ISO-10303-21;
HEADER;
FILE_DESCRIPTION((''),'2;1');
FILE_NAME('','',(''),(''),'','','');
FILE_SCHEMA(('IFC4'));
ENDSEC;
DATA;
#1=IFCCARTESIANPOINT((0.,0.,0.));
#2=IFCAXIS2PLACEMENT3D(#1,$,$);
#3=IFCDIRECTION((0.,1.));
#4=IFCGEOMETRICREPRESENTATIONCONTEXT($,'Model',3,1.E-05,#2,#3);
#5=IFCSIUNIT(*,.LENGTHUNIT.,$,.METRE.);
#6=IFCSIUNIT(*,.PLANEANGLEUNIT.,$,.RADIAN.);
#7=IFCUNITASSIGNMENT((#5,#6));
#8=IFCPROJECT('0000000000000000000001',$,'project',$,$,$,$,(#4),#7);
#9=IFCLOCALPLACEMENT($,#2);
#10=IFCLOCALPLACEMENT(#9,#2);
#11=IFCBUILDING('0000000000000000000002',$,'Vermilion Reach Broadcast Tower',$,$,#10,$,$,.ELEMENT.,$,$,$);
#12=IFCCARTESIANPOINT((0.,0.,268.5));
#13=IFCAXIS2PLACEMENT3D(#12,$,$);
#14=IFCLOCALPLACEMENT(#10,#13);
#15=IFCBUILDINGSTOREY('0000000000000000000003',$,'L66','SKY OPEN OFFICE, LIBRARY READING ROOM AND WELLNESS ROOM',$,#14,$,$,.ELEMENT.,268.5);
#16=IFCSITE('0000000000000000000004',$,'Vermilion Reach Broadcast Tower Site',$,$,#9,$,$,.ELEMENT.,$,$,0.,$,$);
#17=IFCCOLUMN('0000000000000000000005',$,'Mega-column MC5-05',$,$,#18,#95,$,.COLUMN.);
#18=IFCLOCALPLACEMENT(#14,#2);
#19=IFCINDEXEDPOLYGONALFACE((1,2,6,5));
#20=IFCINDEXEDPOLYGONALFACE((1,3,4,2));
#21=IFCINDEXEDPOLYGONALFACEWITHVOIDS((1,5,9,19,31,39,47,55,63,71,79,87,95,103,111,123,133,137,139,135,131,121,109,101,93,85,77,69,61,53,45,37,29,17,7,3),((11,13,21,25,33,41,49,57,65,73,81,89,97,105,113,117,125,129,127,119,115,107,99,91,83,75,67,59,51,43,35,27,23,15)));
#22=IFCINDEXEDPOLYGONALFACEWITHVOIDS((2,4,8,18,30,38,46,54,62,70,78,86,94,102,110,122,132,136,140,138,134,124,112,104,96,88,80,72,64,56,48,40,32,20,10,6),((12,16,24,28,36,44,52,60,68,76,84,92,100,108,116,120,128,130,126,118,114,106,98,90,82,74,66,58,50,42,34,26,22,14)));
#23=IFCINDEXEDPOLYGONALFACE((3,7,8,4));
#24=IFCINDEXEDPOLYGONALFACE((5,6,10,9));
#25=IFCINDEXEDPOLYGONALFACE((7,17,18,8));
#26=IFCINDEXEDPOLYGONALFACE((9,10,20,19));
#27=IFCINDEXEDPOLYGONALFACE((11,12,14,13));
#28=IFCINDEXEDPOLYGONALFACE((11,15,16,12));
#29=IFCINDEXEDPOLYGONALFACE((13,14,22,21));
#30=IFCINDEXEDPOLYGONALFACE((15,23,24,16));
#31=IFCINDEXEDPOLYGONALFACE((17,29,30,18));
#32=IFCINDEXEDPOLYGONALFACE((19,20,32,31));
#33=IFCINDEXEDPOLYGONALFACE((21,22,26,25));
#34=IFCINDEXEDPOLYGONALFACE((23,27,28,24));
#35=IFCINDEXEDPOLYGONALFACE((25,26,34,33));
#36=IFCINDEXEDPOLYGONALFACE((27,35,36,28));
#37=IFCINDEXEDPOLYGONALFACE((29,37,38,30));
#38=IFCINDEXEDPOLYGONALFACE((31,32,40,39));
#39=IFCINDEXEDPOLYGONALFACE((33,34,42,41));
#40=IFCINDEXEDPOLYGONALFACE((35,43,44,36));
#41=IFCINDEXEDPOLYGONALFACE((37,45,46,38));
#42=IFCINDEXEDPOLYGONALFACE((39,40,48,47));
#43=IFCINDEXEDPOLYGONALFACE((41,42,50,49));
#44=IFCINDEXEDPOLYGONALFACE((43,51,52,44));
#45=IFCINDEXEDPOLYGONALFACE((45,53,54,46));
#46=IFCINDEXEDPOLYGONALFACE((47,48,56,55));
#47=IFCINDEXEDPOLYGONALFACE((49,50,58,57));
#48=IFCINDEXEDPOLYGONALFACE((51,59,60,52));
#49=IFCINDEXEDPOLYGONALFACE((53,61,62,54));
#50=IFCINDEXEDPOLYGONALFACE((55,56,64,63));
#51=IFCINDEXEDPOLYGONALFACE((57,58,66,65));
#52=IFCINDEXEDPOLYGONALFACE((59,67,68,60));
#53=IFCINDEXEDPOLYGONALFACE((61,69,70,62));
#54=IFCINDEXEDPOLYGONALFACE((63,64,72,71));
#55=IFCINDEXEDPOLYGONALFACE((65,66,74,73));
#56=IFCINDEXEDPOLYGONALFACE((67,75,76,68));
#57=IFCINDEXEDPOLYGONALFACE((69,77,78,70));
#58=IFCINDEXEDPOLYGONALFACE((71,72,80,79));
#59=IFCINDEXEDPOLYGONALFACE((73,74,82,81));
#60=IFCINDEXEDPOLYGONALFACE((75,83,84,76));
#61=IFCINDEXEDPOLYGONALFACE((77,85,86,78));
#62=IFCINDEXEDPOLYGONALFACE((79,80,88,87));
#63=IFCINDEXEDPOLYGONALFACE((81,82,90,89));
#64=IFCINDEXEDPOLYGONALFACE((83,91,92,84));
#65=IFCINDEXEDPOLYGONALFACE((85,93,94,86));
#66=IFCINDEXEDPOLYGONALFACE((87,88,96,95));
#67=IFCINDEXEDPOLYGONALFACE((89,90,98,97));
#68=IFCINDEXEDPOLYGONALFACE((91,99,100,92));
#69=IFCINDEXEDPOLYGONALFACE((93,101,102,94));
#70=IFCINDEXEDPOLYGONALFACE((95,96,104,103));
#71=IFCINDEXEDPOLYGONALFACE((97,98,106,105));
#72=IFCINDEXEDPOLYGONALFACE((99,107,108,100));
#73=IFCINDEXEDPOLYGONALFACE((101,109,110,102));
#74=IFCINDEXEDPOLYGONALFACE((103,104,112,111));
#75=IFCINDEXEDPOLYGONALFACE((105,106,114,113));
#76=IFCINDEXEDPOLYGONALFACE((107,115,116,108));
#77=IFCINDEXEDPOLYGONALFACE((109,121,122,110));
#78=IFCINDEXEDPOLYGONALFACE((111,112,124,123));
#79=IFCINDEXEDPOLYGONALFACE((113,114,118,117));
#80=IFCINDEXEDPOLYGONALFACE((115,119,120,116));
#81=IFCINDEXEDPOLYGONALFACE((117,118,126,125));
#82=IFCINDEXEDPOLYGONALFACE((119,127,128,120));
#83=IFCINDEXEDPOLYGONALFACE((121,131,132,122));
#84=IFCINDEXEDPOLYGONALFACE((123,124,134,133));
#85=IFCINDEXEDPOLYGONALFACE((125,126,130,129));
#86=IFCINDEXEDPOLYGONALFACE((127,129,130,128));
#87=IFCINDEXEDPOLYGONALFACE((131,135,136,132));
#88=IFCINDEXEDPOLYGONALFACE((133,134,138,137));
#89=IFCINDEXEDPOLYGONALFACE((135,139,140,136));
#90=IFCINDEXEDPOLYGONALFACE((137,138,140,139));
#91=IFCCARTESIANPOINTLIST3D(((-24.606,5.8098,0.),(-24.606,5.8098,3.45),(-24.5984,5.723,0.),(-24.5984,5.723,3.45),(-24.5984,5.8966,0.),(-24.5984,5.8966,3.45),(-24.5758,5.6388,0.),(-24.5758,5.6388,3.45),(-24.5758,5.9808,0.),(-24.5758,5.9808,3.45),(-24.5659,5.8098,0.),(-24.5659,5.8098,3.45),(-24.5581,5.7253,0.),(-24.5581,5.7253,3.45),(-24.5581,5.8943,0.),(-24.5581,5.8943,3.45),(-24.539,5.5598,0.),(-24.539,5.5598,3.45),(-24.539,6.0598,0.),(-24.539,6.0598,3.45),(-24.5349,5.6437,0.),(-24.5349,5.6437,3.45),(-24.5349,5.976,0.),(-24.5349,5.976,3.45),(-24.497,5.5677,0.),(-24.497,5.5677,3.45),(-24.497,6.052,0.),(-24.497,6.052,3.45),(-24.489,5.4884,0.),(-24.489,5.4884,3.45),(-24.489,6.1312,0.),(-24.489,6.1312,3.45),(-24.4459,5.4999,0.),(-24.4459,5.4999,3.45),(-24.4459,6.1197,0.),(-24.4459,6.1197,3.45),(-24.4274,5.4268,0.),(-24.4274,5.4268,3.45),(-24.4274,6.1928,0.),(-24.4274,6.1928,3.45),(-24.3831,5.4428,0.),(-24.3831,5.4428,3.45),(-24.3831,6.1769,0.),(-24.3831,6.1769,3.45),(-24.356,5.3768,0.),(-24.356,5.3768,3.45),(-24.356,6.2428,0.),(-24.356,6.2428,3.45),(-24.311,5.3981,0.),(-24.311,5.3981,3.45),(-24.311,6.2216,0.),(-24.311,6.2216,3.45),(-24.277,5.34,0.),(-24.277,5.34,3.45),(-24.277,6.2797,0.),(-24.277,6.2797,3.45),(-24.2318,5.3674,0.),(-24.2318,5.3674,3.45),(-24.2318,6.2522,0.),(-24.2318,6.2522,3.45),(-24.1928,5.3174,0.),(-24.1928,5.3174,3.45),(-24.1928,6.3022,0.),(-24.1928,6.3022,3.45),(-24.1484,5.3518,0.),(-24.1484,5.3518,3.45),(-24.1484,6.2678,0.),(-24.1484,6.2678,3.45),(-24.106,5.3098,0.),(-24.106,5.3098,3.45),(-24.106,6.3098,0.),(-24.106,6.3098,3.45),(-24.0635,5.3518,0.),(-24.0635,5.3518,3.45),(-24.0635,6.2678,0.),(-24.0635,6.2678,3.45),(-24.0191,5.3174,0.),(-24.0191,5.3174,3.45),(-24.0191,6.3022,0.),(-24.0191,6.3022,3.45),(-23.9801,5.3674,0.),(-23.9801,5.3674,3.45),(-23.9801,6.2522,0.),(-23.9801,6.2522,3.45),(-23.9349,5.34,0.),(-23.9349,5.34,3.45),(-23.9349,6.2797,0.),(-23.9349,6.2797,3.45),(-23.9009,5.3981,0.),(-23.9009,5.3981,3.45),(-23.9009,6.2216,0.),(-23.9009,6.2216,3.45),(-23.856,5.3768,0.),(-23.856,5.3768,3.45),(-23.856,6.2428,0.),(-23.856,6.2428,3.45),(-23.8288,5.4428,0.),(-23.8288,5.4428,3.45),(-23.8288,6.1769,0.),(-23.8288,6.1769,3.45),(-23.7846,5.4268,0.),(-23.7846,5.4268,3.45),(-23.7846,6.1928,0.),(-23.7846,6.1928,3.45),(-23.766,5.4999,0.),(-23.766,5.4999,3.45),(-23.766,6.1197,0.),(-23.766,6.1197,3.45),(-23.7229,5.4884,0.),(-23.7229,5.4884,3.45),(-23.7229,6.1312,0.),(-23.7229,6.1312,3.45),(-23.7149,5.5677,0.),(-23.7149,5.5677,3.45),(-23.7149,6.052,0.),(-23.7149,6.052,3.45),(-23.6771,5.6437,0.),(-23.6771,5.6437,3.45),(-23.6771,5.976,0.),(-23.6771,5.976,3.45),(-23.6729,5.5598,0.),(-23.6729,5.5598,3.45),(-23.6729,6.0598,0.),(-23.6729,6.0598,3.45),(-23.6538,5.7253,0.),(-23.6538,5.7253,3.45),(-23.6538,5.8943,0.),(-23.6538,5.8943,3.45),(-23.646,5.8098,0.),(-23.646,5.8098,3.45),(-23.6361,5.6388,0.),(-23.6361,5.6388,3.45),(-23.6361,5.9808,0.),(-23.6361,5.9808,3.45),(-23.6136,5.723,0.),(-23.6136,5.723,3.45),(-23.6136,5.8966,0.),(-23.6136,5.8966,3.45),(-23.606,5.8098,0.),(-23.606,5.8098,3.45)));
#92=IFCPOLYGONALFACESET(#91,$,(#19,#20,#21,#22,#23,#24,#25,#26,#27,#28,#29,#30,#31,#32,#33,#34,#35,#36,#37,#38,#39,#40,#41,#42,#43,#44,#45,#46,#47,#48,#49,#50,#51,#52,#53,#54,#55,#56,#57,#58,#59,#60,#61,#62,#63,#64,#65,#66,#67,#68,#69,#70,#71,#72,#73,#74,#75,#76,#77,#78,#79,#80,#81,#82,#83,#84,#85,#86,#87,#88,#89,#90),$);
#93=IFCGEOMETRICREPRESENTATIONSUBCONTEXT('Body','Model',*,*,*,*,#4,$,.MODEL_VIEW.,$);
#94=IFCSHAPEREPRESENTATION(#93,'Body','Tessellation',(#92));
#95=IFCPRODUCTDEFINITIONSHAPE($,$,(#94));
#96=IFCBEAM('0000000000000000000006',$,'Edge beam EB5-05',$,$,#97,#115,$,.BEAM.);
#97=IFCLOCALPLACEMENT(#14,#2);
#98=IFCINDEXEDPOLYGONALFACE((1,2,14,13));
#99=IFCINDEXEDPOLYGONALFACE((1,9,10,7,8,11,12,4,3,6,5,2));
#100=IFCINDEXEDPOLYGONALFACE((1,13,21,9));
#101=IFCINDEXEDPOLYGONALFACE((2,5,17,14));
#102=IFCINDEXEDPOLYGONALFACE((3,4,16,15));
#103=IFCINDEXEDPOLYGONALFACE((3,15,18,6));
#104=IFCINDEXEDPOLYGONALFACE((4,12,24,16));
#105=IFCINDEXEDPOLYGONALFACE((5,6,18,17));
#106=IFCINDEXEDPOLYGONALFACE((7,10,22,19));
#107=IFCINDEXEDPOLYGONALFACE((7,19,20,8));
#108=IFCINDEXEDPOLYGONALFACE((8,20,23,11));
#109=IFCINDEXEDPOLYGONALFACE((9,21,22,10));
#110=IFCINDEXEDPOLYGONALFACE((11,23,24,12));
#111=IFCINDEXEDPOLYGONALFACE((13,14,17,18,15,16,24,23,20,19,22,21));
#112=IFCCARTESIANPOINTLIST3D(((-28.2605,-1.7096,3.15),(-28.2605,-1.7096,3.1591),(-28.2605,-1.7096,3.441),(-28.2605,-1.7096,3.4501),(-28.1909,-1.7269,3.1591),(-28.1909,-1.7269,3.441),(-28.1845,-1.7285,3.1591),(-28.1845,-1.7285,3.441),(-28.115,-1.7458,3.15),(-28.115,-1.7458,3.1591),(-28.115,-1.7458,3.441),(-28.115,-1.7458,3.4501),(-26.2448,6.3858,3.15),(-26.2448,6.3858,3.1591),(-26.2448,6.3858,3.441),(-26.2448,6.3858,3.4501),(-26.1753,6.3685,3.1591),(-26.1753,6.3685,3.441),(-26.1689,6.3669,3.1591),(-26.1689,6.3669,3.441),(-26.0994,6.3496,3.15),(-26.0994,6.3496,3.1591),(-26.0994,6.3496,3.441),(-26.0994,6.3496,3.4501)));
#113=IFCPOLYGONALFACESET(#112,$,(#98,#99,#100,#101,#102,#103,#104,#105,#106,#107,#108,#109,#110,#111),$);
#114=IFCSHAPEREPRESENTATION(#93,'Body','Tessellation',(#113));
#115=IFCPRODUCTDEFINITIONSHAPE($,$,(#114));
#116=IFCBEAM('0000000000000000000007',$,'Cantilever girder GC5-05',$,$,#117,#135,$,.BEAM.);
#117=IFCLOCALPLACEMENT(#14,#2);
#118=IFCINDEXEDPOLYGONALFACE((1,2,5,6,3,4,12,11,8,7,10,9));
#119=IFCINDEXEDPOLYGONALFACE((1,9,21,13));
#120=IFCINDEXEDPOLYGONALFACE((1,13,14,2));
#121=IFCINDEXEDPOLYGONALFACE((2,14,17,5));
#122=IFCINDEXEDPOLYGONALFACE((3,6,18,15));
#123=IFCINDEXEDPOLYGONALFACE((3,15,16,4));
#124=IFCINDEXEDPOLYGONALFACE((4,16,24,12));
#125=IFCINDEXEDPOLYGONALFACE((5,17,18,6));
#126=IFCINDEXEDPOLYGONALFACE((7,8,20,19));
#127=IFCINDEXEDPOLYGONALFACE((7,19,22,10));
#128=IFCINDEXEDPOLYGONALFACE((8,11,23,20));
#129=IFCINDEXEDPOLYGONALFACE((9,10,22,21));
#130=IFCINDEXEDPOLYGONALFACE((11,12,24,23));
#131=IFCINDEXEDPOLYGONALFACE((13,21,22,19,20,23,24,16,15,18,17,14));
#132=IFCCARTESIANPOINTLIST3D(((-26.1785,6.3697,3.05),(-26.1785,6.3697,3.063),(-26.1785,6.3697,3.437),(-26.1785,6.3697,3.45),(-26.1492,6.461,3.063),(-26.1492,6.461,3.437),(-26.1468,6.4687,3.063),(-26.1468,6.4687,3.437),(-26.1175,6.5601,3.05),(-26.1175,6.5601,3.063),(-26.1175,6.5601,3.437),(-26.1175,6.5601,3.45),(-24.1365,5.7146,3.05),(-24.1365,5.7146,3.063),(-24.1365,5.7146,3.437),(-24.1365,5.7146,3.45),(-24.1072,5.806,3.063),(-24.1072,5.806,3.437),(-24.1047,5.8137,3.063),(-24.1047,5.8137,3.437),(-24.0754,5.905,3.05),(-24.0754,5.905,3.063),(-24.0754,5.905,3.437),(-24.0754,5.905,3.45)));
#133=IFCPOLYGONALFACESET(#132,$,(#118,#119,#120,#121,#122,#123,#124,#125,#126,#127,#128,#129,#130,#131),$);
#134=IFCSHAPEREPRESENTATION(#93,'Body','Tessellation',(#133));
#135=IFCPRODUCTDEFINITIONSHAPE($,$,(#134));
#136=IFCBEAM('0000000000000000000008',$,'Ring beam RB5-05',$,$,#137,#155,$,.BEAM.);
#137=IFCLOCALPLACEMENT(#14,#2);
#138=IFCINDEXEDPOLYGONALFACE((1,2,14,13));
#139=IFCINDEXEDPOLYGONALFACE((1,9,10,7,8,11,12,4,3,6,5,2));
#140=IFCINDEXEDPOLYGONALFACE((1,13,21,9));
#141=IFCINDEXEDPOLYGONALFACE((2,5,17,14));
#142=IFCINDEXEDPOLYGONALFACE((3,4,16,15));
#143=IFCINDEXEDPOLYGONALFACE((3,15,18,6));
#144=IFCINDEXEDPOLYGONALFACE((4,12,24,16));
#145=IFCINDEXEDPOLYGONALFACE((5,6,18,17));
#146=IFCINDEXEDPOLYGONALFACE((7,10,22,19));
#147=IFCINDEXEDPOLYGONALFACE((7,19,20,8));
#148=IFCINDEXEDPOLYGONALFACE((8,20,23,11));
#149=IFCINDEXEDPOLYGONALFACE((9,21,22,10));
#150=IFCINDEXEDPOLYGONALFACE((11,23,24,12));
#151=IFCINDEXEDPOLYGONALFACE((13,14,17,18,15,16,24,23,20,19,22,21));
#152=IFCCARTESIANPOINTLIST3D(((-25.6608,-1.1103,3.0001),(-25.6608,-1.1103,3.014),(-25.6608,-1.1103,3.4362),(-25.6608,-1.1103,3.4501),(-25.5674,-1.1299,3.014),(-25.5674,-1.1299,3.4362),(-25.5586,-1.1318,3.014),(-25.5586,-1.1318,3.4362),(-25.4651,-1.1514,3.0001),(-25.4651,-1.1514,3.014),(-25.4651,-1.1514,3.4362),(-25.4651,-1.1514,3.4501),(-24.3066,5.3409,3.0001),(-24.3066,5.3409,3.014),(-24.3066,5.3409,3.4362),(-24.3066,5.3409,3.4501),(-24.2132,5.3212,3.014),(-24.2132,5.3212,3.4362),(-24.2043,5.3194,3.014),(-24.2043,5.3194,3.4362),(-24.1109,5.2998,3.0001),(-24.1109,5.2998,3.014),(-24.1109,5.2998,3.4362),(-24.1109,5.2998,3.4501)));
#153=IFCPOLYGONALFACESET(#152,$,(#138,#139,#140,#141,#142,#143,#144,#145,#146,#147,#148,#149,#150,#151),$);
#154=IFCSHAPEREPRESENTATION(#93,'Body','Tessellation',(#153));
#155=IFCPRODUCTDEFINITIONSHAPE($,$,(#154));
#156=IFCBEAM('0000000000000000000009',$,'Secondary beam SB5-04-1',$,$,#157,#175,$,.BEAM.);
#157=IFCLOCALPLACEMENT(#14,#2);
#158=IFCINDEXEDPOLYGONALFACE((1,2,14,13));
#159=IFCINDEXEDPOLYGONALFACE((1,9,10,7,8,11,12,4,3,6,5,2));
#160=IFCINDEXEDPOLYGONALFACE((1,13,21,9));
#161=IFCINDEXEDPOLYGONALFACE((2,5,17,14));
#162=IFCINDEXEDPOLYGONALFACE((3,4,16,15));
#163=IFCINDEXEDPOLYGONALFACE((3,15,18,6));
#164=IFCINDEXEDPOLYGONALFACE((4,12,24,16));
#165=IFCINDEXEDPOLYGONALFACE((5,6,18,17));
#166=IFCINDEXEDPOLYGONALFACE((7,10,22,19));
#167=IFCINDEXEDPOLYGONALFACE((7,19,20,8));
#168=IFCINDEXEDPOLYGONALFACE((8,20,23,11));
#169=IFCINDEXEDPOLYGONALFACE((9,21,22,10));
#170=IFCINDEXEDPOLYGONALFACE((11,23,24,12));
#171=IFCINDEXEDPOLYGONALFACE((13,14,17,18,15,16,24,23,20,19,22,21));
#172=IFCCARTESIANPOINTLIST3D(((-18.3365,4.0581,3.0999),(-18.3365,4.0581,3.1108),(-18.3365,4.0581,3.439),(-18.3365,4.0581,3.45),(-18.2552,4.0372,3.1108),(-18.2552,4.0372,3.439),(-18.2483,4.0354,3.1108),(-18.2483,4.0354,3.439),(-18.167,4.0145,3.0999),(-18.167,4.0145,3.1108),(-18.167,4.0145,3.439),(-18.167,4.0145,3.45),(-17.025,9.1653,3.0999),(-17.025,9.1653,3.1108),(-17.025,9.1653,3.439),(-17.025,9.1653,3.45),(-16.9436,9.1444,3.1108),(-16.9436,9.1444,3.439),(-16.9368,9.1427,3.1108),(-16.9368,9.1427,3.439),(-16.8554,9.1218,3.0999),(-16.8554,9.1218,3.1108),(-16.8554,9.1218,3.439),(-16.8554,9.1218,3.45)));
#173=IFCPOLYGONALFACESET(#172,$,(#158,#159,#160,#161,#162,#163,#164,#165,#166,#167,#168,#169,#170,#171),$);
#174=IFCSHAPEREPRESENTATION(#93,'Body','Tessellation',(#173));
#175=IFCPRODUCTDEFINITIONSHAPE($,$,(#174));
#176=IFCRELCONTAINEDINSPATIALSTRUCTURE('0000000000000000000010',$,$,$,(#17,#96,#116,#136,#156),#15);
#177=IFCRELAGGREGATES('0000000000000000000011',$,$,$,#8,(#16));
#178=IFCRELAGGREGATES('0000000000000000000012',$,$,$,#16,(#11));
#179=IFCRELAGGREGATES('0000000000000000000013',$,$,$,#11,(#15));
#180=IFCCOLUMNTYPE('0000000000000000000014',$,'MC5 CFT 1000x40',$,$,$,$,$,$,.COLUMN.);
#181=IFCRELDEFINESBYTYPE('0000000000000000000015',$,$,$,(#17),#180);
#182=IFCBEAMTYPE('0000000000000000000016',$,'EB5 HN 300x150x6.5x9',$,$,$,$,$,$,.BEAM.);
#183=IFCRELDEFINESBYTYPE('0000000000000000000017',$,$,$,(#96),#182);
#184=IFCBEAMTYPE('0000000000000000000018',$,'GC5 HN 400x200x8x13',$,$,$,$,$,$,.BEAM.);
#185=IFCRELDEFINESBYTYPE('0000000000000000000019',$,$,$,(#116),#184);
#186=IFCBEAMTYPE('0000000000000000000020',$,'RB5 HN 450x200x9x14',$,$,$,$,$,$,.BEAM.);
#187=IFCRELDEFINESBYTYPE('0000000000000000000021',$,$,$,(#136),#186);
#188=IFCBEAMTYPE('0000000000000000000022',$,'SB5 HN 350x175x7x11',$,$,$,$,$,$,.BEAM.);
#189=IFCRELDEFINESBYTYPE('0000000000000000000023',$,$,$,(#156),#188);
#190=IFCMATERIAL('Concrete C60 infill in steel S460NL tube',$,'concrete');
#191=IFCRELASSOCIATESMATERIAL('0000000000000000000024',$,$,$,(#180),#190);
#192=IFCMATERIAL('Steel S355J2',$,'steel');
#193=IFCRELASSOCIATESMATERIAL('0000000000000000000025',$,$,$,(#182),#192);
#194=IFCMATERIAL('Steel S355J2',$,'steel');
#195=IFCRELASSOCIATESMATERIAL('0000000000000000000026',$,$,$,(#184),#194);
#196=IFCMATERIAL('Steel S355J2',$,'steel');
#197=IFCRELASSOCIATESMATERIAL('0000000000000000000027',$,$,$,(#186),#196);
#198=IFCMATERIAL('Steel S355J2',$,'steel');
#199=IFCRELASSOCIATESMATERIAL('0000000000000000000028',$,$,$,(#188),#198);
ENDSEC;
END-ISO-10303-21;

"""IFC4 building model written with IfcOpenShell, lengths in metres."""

from ifc_helpers import new_model, si_unit, direction, frame, origin, origin_2d, place, context, subcontext, project, spatial, hollow_circle, i_section, extrude, material, material_profile, profile_set, type_object, element, save


model = new_model("IFC4")

# Units and contexts
model_context = context("Model", 3, precision=1e-05, world=origin(), true_north=direction((0.0, 1.0)))
body_context = subcontext(model_context, "Body", "Model", "MODEL_VIEW")
ifc_project = project(units=[si_unit("LENGTHUNIT", "METRE"), si_unit("PLANEANGLEUNIT", "RADIAN")], contexts=[model_context])

# Site, building, storey
site_placement = place(None, origin())
site = spatial("IfcSite", under=ifc_project, at=site_placement, Name="Vermilion Reach Broadcast Tower Site", CompositionType="ELEMENT", RefElevation=0.0)
building_placement = place(site_placement, origin())
building = spatial("IfcBuilding", under=site, at=building_placement, Name="Vermilion Reach Broadcast Tower", CompositionType="ELEMENT")
storey_placement = place(building_placement, frame((0.0, 0.0, 268.5)))
storey = spatial("IfcBuildingStorey", under=building, at=storey_placement, Name="L66", Description="SKY OPEN OFFICE, LIBRARY READING ROOM AND WELLNESS ROOM", CompositionType="ELEMENT", Elevation=268.5)

# Column
ifc_material_1 = material(Name="Concrete C60 infill in steel S460NL tube", Category="concrete")
ifc_material_profile_1 = material_profile(ifc_material_1, hollow_circle(Radius=0.5, WallThickness=0.04, at=origin_2d()), Name="Concrete C60 infill in steel S460NL tube CFT 1000x40")
ifc_profile_set_1 = profile_set([ifc_material_profile_1], Name="Concrete C60 infill in steel S460NL tube")
column_type = type_object("IfcColumnType", Name="MC5 CFT 1000x40", PredefinedType="COLUMN", material=ifc_profile_set_1)
column_placement = place(storey_placement, frame((-24.106, 5.8098, 0.0), z_axis=(0.0, 0.0, 1.0), x_axis=(1.0, 0.0, 0.0)))
element("IfcColumn", 1, at=column_placement, inside=storey, type_object=column_type, Name="Mega-column MC5-05", PredefinedType="COLUMN", context=body_context, shape_type="SweptSolid", body=[
    extrude(hollow_circle(Radius=0.5, WallThickness=0.04, at=origin_2d()), origin(), (0.0, 0.0, 1.0), 3.45),
])

# Beams
ifc_material_2 = material(Name="Steel S355J2", Category="steel")
ifc_material_profile_2 = material_profile(ifc_material_2, i_section(OverallWidth=0.1499, OverallDepth=0.3, WebThickness=0.0066, FlangeThickness=0.009, at=origin_2d()), Name="S355J2 HN 300x150x6.5x9")
ifc_profile_set_2 = profile_set([ifc_material_profile_2], Name="Steel S355J2")
beam_type_1 = type_object("IfcBeamType", Name="EB5 HN 300x150x6.5x9", PredefinedType="BEAM", material=ifc_profile_set_2)
beam_1_placement = place(storey_placement, frame((-26.1721, 6.3677, 3.3), z_axis=(-0.241606, -0.970374, 0.0), x_axis=(0.970374, -0.241606, 0.0)))
element("IfcBeam", 2, at=beam_1_placement, inside=storey, type_object=beam_type_1, Name="Edge beam EB5-05", PredefinedType="BEAM", context=body_context, shape_type="SweptSolid", body=[
    extrude(i_section(OverallWidth=0.1499, OverallDepth=0.3, WebThickness=0.0066, FlangeThickness=0.009, at=origin_2d()), origin(), (0.0, 0.0, 1.0), 8.3425),
])
ifc_material_3 = material(Name="Steel S355J2", Category="steel")
ifc_material_profile_3 = material_profile(ifc_material_3, i_section(OverallWidth=0.2, OverallDepth=0.3999, WebThickness=0.0081, FlangeThickness=0.0129, at=origin_2d()), Name="S355J2 HN 400x200x8x13")
ifc_profile_set_3 = profile_set([ifc_material_profile_3], Name="Steel S355J2")
beam_type_2 = type_object("IfcBeamType", Name="GC5 HN 400x200x8x13", PredefinedType="BEAM", material=ifc_profile_set_3)
beam_2_placement = place(storey_placement, frame((-24.106, 5.8098, 3.25), z_axis=(-0.952208, 0.305449, 0.0), x_axis=(-0.305449, -0.952208, 0.0)))
element("IfcBeam", 3, at=beam_2_placement, inside=storey, type_object=beam_type_2, Name="Cantilever girder GC5-05", PredefinedType="BEAM", context=body_context, shape_type="SweptSolid", body=[
    extrude(i_section(OverallWidth=0.2, OverallDepth=0.3999, WebThickness=0.0081, FlangeThickness=0.0129, at=origin_2d()), origin(), (0.0, 0.0, 1.0), 2.1445),
])
ifc_material_4 = material(Name="Steel S355J2", Category="steel")
ifc_material_profile_4 = material_profile(ifc_material_4, i_section(OverallWidth=0.2, OverallDepth=0.45, WebThickness=0.009, FlangeThickness=0.0139, at=origin_2d()), Name="S355J2 HN 450x200x9x14")
ifc_profile_set_4 = profile_set([ifc_material_profile_4], Name="Steel S355J2")
beam_type_3 = type_object("IfcBeamType", Name="RB5 HN 450x200x9x14", PredefinedType="BEAM", material=ifc_profile_set_4)
beam_3_placement = place(storey_placement, frame((-24.2087, 5.3203, 3.2251), z_axis=(-0.205445, -0.978669, 0.0), x_axis=(0.978669, -0.205445, 0.0)))
element("IfcBeam", 4, at=beam_3_placement, inside=storey, type_object=beam_type_3, Name="Ring beam RB5-05", PredefinedType="BEAM", context=body_context, shape_type="SweptSolid", body=[
    extrude(i_section(OverallWidth=0.2, OverallDepth=0.45, WebThickness=0.009, FlangeThickness=0.0139, at=origin_2d()), origin(), (0.0, 0.0, 1.0), 6.5918),
])
ifc_material_5 = material(Name="Steel S355J2", Category="steel")
ifc_material_profile_5 = material_profile(ifc_material_5, i_section(OverallWidth=0.175, OverallDepth=0.3501, WebThickness=0.0071, FlangeThickness=0.011, at=origin_2d()), Name="S355J2 HN 350x175x7x11")
ifc_profile_set_5 = profile_set([ifc_material_profile_5], Name="Steel S355J2")
beam_type_4 = type_object("IfcBeamType", Name="SB5 HN 350x175x7x11", PredefinedType="BEAM", material=ifc_profile_set_5)
beam_4_placement = place(storey_placement, frame((-16.9402, 9.1436, 3.2749), z_axis=(-0.24873, -0.968573, 0.0), x_axis=(0.968573, -0.24873, 0.0)))
element("IfcBeam", 5, at=beam_4_placement, inside=storey, type_object=beam_type_4, Name="Secondary beam SB5-04-1", PredefinedType="BEAM", context=body_context, shape_type="SweptSolid", body=[
    extrude(i_section(OverallWidth=0.175, OverallDepth=0.3501, WebThickness=0.0071, FlangeThickness=0.011, at=origin_2d()), origin(), (0.0, 0.0, 1.0), 5.2729),
])

save(model, "model.ifc")
